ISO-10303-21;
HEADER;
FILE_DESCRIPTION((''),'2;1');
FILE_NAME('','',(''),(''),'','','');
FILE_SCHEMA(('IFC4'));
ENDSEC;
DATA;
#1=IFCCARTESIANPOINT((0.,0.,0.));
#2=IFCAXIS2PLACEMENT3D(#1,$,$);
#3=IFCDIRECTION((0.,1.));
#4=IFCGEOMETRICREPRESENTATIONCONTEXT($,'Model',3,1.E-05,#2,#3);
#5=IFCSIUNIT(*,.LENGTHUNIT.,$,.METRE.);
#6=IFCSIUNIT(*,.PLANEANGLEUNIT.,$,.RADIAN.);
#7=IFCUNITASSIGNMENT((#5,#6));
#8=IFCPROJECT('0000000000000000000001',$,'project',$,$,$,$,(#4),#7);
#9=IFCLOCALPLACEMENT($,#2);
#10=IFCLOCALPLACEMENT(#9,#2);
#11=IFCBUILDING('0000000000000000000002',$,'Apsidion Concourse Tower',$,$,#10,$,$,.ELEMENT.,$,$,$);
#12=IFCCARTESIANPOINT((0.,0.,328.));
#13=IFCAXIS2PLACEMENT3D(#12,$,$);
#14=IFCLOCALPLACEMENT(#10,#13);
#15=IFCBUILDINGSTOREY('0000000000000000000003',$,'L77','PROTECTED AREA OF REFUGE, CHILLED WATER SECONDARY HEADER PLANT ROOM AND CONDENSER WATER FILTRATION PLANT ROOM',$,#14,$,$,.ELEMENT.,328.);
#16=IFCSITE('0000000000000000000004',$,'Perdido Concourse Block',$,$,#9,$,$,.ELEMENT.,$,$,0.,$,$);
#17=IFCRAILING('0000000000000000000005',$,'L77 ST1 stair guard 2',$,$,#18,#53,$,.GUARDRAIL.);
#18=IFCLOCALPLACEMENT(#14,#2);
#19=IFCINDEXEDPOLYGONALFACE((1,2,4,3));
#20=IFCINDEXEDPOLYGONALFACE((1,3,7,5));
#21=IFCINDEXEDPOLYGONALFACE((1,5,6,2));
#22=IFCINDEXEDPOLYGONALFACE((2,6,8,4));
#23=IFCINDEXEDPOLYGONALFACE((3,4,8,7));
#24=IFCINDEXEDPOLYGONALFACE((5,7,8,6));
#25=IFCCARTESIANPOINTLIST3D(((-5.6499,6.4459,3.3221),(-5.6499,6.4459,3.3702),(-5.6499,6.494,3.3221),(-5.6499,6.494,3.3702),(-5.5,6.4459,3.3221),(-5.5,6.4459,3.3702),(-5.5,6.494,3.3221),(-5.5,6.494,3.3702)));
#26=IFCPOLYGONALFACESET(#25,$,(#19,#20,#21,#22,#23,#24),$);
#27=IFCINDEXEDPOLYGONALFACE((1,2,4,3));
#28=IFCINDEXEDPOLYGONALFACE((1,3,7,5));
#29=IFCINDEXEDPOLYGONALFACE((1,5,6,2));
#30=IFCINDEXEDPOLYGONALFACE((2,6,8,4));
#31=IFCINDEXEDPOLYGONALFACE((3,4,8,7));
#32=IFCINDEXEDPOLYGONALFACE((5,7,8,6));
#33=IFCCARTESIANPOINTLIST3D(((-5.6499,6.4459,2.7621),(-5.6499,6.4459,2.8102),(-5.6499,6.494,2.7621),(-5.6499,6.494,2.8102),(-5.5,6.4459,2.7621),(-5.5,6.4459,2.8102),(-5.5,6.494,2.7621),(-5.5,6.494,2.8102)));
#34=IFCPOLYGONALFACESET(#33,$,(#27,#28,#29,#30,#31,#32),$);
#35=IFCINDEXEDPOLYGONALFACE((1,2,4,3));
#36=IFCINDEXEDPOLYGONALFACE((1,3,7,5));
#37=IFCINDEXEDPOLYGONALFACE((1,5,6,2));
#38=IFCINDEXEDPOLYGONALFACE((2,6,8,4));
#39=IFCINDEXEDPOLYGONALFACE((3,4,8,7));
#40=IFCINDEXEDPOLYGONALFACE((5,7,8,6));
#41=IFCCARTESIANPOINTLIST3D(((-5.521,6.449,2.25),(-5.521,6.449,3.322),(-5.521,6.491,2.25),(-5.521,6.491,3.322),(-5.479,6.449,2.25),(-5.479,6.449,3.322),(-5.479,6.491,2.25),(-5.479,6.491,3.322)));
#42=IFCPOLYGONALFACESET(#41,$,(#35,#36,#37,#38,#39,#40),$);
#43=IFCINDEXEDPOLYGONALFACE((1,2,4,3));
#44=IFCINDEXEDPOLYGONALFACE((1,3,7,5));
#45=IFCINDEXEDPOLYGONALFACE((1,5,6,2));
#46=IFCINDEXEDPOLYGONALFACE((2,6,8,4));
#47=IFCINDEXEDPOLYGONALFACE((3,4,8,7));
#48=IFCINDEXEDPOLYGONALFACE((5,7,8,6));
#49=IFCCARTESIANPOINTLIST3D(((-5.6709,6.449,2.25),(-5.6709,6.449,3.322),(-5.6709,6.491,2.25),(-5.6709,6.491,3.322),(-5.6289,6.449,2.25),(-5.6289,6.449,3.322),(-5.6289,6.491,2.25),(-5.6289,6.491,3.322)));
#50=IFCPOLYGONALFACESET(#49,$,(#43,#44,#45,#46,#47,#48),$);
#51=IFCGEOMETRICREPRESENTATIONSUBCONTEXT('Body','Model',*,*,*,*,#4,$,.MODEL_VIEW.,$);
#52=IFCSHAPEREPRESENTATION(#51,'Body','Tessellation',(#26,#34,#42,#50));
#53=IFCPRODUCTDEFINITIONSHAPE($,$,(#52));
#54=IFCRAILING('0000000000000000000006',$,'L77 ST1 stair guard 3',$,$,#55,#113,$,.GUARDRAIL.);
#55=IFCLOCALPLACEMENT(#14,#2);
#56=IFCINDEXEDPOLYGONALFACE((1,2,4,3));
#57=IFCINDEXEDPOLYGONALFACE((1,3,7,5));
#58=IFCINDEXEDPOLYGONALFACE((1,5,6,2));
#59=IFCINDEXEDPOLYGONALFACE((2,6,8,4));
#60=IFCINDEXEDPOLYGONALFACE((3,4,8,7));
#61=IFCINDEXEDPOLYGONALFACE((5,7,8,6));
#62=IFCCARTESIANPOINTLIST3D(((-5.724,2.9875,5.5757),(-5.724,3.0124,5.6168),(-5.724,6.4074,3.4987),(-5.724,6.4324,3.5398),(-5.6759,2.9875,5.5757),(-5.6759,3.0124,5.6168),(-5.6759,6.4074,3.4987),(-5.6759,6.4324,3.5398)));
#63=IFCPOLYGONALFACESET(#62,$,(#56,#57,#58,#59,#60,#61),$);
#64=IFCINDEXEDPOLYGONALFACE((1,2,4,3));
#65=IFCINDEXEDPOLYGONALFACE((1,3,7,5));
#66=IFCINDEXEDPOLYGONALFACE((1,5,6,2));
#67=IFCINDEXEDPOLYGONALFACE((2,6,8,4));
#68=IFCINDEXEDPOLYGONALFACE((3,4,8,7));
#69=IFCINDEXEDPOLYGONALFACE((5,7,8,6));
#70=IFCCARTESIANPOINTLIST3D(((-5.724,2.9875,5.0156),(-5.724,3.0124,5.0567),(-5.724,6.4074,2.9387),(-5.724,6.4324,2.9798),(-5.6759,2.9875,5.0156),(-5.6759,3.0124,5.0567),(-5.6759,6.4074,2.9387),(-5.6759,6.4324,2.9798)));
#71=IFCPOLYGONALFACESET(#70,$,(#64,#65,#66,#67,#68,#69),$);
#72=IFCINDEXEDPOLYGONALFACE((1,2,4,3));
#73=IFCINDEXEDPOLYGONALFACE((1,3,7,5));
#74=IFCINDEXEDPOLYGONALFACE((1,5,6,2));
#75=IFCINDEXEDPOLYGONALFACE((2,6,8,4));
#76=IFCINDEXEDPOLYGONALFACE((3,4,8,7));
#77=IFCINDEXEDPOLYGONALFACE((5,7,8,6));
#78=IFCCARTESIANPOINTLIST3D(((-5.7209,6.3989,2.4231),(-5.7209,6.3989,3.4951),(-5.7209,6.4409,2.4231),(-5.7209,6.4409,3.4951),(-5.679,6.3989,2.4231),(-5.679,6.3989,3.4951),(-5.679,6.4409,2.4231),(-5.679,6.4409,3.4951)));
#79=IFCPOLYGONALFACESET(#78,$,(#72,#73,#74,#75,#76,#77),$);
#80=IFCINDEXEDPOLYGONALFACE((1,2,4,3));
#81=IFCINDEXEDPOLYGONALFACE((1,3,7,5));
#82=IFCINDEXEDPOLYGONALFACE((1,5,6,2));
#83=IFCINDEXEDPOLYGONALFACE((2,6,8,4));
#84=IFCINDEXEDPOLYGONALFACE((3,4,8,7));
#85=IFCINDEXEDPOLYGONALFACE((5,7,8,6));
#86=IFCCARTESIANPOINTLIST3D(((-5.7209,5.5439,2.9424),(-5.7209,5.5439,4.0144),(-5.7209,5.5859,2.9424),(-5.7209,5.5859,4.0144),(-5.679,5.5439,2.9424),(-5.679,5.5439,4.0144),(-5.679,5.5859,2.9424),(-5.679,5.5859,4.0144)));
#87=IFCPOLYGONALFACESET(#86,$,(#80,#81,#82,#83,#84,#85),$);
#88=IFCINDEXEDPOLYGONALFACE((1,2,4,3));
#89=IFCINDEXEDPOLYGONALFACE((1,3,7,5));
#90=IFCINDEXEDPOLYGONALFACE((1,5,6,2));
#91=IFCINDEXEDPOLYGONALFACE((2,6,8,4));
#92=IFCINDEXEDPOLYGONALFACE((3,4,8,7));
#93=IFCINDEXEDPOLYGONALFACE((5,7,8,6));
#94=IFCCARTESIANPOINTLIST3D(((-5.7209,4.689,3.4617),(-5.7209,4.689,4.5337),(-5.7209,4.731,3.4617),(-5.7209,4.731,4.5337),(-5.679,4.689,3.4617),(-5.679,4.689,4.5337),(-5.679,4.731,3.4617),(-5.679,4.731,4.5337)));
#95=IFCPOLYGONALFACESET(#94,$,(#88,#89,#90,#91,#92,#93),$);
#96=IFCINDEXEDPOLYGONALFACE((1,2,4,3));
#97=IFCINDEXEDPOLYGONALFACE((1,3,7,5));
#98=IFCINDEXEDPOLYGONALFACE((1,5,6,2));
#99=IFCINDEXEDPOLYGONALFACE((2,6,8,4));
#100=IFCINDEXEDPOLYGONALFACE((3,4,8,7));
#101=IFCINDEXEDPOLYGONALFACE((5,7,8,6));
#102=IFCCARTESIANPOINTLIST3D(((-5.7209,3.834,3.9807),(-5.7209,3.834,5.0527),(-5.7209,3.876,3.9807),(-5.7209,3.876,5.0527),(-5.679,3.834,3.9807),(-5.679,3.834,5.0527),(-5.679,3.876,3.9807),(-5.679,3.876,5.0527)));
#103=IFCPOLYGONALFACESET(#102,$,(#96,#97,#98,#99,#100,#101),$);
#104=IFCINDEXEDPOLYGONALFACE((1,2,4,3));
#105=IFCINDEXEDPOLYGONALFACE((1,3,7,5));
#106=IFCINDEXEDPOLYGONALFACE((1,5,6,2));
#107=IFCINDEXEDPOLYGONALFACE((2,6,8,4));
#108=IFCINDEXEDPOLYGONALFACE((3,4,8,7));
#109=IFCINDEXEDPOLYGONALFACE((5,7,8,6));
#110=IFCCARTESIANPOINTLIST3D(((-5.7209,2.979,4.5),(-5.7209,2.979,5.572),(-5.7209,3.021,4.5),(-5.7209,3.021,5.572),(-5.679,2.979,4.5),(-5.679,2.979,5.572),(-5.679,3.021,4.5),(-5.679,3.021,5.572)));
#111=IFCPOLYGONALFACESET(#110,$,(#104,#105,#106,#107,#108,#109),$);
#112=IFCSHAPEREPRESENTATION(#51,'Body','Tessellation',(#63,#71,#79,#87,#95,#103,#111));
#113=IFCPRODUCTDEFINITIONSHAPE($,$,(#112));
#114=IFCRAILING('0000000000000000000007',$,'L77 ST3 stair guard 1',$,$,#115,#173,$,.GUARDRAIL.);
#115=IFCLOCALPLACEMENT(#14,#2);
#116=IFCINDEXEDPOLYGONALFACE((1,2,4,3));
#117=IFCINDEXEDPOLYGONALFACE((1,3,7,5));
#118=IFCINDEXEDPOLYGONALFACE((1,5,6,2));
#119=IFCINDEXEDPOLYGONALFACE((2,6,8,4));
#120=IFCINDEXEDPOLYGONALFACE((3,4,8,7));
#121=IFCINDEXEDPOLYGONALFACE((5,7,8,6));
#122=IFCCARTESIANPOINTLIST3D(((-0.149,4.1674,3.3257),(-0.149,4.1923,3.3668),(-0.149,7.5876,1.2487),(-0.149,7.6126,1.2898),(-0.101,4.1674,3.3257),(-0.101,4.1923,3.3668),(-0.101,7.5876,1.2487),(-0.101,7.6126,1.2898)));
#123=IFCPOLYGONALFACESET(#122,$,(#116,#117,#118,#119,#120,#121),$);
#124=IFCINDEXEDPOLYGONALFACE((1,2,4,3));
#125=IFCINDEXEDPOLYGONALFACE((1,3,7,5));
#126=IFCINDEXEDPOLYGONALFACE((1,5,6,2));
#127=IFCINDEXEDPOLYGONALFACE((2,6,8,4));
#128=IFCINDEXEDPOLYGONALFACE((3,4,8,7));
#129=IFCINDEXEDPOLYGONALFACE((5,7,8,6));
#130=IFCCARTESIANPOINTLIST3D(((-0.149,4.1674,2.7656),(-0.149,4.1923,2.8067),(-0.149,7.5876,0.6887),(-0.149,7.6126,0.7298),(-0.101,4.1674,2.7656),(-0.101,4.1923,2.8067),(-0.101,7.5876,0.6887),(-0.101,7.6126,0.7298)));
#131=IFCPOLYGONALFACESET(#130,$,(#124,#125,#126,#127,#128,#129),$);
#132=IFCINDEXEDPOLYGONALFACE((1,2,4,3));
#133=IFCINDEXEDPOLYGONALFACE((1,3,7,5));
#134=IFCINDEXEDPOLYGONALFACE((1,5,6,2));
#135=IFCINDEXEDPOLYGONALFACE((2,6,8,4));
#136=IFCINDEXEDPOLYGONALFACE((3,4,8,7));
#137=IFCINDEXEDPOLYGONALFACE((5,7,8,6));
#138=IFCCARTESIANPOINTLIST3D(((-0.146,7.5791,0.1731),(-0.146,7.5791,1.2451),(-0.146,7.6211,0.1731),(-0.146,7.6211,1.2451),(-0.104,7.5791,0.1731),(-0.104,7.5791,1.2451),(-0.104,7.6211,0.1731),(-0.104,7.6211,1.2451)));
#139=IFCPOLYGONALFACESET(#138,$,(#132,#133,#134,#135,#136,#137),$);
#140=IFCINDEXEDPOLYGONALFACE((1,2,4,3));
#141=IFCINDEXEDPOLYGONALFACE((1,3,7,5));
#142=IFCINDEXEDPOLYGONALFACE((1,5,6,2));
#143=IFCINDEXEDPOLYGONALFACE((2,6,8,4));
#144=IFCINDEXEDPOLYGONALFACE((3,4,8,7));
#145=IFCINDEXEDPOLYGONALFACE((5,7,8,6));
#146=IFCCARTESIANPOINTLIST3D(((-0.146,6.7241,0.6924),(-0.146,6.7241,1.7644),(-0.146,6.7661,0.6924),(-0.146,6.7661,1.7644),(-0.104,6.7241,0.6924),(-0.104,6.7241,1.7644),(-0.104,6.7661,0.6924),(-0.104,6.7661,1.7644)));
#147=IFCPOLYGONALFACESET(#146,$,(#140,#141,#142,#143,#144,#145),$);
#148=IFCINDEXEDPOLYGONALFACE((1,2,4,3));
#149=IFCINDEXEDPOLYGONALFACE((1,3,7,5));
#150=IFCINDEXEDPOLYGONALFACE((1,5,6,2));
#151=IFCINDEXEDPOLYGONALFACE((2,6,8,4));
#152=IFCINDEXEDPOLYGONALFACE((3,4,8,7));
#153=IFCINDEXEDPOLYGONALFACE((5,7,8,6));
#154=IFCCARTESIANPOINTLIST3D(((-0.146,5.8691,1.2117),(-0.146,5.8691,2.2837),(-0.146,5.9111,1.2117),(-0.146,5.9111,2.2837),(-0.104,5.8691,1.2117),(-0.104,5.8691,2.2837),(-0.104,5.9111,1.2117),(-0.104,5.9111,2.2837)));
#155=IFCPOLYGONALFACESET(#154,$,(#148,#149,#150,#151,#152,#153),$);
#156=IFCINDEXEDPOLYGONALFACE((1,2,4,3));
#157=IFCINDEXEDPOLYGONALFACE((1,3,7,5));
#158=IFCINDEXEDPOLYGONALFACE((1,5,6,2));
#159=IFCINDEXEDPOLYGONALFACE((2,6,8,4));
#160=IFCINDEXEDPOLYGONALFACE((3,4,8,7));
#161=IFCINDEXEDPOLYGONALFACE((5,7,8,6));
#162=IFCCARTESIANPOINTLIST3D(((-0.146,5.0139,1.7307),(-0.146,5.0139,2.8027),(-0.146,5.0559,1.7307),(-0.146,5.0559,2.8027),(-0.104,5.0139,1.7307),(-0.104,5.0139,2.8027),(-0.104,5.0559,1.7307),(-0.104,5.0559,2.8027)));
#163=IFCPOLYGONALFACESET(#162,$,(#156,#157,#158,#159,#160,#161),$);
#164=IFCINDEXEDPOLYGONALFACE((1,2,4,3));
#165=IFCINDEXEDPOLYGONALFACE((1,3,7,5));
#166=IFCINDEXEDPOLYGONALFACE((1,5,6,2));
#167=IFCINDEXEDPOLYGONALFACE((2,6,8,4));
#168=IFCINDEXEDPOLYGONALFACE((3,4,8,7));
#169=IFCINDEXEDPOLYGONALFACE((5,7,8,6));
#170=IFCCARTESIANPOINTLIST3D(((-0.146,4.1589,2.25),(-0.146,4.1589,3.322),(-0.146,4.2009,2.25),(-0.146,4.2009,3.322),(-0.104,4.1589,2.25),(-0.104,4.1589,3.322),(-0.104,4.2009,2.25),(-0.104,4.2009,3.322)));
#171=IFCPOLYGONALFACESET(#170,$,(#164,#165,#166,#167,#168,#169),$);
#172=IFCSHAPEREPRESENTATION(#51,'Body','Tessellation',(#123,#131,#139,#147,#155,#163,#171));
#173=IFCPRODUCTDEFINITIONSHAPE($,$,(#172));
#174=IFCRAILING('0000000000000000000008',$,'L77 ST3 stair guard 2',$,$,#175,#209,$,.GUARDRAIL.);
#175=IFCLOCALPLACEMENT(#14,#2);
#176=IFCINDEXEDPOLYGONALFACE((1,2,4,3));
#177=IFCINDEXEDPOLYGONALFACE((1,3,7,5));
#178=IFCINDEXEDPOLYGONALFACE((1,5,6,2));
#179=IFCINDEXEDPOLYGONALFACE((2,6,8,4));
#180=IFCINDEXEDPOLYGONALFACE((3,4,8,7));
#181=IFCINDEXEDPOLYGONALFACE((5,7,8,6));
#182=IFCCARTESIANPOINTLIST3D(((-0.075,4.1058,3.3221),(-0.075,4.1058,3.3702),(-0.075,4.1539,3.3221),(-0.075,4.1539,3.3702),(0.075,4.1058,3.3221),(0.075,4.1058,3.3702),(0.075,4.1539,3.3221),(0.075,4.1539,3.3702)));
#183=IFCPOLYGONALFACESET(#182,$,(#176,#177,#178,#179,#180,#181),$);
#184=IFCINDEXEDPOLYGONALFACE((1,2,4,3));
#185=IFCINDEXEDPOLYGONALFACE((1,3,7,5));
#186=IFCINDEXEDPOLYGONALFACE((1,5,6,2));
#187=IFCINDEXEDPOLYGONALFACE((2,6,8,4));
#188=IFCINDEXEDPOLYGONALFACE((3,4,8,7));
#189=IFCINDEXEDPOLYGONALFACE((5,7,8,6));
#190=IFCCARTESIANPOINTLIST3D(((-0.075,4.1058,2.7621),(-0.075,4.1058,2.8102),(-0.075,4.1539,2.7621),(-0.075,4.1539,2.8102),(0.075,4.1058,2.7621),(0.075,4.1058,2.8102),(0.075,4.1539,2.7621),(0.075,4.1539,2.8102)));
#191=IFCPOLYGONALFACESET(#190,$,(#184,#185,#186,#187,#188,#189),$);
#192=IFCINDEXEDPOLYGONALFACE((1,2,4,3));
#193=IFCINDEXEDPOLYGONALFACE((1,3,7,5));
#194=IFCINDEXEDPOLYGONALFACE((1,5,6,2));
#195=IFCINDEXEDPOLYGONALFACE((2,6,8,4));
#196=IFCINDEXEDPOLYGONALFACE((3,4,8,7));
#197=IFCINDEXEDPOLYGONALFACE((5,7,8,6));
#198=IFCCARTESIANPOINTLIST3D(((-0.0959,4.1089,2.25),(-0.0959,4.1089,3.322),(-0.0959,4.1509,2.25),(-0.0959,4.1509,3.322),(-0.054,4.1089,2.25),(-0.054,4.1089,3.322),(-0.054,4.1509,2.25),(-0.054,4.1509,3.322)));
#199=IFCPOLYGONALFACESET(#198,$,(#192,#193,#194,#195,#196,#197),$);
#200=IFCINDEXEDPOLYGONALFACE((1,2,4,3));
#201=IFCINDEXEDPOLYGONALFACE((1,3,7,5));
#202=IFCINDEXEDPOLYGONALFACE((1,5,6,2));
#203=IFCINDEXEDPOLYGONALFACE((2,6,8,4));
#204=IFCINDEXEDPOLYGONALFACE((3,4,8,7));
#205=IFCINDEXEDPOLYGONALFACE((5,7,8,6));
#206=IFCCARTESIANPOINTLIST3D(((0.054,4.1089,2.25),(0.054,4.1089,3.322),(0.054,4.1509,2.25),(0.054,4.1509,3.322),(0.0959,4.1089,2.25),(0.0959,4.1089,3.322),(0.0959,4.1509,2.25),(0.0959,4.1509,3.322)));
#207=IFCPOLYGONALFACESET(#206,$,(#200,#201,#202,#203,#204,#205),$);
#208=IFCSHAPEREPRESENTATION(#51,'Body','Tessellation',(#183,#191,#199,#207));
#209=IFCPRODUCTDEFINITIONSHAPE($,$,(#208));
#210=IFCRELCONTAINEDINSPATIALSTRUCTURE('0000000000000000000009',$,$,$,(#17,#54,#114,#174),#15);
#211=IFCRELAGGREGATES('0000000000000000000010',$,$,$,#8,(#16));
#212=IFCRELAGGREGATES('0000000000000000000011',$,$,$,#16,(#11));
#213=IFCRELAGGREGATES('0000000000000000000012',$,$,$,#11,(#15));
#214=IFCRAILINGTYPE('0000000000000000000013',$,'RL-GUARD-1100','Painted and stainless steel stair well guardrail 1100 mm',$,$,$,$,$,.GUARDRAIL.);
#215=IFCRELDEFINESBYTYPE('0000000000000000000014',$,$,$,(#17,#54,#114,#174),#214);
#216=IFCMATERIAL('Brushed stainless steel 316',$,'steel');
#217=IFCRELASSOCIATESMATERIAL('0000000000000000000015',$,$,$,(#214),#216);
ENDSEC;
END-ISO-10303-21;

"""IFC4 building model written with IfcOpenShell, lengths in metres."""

from ifc_helpers import new_model, si_unit, direction, frame, origin, origin_2d, place, context, subcontext, project, spatial, rectangle, extrude, material, type_object, element, save


model = new_model("IFC4")

# Units and contexts
model_context = context("Model", 3, precision=1e-05, world=origin(), true_north=direction((0.0, 1.0)))
body_context = subcontext(model_context, "Body", "Model", "MODEL_VIEW")
ifc_project = project(units=[si_unit("LENGTHUNIT", "METRE"), si_unit("PLANEANGLEUNIT", "RADIAN")], contexts=[model_context])

# Site, building, storey
site_placement = place(None, origin())
site = spatial("IfcSite", under=ifc_project, at=site_placement, Name="Perdido Concourse Block", CompositionType="ELEMENT", RefElevation=0.0)
building_placement = place(site_placement, origin())
building = spatial("IfcBuilding", under=site, at=building_placement, Name="Apsidion Concourse Tower", CompositionType="ELEMENT")
storey_placement = place(building_placement, frame((0.0, 0.0, 328.0)))
storey = spatial("IfcBuildingStorey", under=building, at=storey_placement, Name="L77", Description="PROTECTED AREA OF REFUGE, CHILLED WATER SECONDARY HEADER PLANT ROOM AND CONDENSER WATER FILTRATION PLANT ROOM", CompositionType="ELEMENT", Elevation=328.0)

# Shared definitions
ifc_material_1 = material(Name="Brushed stainless steel 316", Category="steel")

# Railings
railing_type_1 = type_object("IfcRailingType", Name="RL-GUARD-1100", Description="Painted and stainless steel stair well guardrail 1100 mm", PredefinedType="GUARDRAIL", material=ifc_material_1)
railing_1_placement = place(storey_placement, frame((-5.5, 6.47, 2.25)))
element("IfcRailing", 1, at=railing_1_placement, inside=storey, type_object=railing_type_1, Name="L77 ST1 stair guard 2", PredefinedType="GUARDRAIL", context=body_context, shape_type="SweptSolid", body=[
    extrude(rectangle(XDim=0.0481, YDim=0.0481, at=origin_2d()), frame((0.0, 0.0, 1.0962), z_axis=(-1.0, 0.0, 0.0), x_axis=(0.0, -1.0, 0.0)), (0.0, 0.0, 1.0), 0.1499),
    extrude(rectangle(XDim=0.0481, YDim=0.0481, at=origin_2d()), frame((0.0, 0.0, 0.5361), z_axis=(-1.0, 0.0, 0.0), x_axis=(0.0, -1.0, 0.0)), (0.0, 0.0, 1.0), 0.1499),
    extrude(rectangle(XDim=0.042, YDim=0.042, at=origin_2d()), origin(), (0.0, 0.0, 1.0), 1.072),
    extrude(rectangle(XDim=0.042, YDim=0.042, at=origin_2d()), frame((-0.1499, 0.0, 0.0)), (0.0, 0.0, 1.0), 1.072),
])
railing_2_placement = place(storey_placement, frame((-5.7, 6.4199, 2.4231)))
element("IfcRailing", 2, at=railing_2_placement, inside=storey, type_object=railing_type_1, Name="L77 ST1 stair guard 3", PredefinedType="GUARDRAIL", context=body_context, shape_type="SweptSolid", body=[
    extrude(rectangle(XDim=0.0481, YDim=0.0481, at=origin_2d()), frame((0.0, 0.0, 1.0962), z_axis=(0.0, -0.85473, 0.519074), x_axis=(1.0, 0.0, 0.0)), (0.0, 0.0, 1.0), 4.0012),
    extrude(rectangle(XDim=0.0481, YDim=0.0481, at=origin_2d()), frame((0.0, 0.0, 0.5361), z_axis=(0.0, -0.85473, 0.519074), x_axis=(1.0, 0.0, 0.0)), (0.0, 0.0, 1.0), 4.0012),
    extrude(rectangle(XDim=0.042, YDim=0.042, at=origin_2d()), origin(), (0.0, 0.0, 1.0), 1.072),
    extrude(rectangle(XDim=0.042, YDim=0.042, at=origin_2d()), frame((0.0, -0.855, 0.5193)), (0.0, 0.0, 1.0), 1.072),
    extrude(rectangle(XDim=0.042, YDim=0.042, at=origin_2d()), frame((0.0, -1.71, 1.0386)), (0.0, 0.0, 1.0), 1.072),
    extrude(rectangle(XDim=0.042, YDim=0.042, at=origin_2d()), frame((0.0, -2.5649, 1.5576)), (0.0, 0.0, 1.0), 1.072),
    extrude(rectangle(XDim=0.042, YDim=0.042, at=origin_2d()), frame((0.0, -3.4199, 2.0769)), (0.0, 0.0, 1.0), 1.072),
])
railing_3_placement = place(storey_placement, frame((-0.125, 7.6001, 0.1731)))
element("IfcRailing", 3, at=railing_3_placement, inside=storey, type_object=railing_type_1, Name="L77 ST3 stair guard 1", PredefinedType="GUARDRAIL", context=body_context, shape_type="SweptSolid", body=[
    extrude(rectangle(XDim=0.0481, YDim=0.0481, at=origin_2d()), frame((0.0, 0.0, 1.0962), z_axis=(0.0, -0.854746, 0.519047), x_axis=(1.0, 0.0, 0.0)), (0.0, 0.0, 1.0), 4.0015),
    extrude(rectangle(XDim=0.0481, YDim=0.0481, at=origin_2d()), frame((0.0, 0.0, 0.5361), z_axis=(0.0, -0.854746, 0.519047), x_axis=(1.0, 0.0, 0.0)), (0.0, 0.0, 1.0), 4.0015),
    extrude(rectangle(XDim=0.042, YDim=0.042, at=origin_2d()), origin(), (0.0, 0.0, 1.0), 1.072),
    extrude(rectangle(XDim=0.042, YDim=0.042, at=origin_2d()), frame((0.0, -0.855, 0.5193)), (0.0, 0.0, 1.0), 1.072),
    extrude(rectangle(XDim=0.042, YDim=0.042, at=origin_2d()), frame((0.0, -1.71, 1.0386)), (0.0, 0.0, 1.0), 1.072),
    extrude(rectangle(XDim=0.042, YDim=0.042, at=origin_2d()), frame((0.0, -2.5652, 1.5576)), (0.0, 0.0, 1.0), 1.072),
    extrude(rectangle(XDim=0.042, YDim=0.042, at=origin_2d()), frame((0.0, -3.4202, 2.0769)), (0.0, 0.0, 1.0), 1.072),
])
for number, where, name in (
    (4, (-0.075, 4.1299, 2.25), "L77 ST3 stair guard 2"),
):
    element("IfcRailing", number, at=place(storey_placement, frame(where)), inside=storey, type_object=railing_type_1, Name=name, PredefinedType="GUARDRAIL", context=body_context, shape_type="SweptSolid", body=[
        extrude(rectangle(XDim=0.0481, YDim=0.0481, at=origin_2d()), frame((0.0, 0.0, 1.0962), z_axis=(1.0, 0.0, 0.0), x_axis=(0.0, 1.0, 0.0)), (0.0, 0.0, 1.0), 0.1499),
        extrude(rectangle(XDim=0.0481, YDim=0.0481, at=origin_2d()), frame((0.0, 0.0, 0.5361), z_axis=(1.0, 0.0, 0.0), x_axis=(0.0, 1.0, 0.0)), (0.0, 0.0, 1.0), 0.1499),
        extrude(rectangle(XDim=0.042, YDim=0.042, at=origin_2d()), origin(), (0.0, 0.0, 1.0), 1.072),
        extrude(rectangle(XDim=0.042, YDim=0.042, at=origin_2d()), frame((0.1499, 0.0, 0.0)), (0.0, 0.0, 1.0), 1.072),
    ])

save(model, "model.ifc")
